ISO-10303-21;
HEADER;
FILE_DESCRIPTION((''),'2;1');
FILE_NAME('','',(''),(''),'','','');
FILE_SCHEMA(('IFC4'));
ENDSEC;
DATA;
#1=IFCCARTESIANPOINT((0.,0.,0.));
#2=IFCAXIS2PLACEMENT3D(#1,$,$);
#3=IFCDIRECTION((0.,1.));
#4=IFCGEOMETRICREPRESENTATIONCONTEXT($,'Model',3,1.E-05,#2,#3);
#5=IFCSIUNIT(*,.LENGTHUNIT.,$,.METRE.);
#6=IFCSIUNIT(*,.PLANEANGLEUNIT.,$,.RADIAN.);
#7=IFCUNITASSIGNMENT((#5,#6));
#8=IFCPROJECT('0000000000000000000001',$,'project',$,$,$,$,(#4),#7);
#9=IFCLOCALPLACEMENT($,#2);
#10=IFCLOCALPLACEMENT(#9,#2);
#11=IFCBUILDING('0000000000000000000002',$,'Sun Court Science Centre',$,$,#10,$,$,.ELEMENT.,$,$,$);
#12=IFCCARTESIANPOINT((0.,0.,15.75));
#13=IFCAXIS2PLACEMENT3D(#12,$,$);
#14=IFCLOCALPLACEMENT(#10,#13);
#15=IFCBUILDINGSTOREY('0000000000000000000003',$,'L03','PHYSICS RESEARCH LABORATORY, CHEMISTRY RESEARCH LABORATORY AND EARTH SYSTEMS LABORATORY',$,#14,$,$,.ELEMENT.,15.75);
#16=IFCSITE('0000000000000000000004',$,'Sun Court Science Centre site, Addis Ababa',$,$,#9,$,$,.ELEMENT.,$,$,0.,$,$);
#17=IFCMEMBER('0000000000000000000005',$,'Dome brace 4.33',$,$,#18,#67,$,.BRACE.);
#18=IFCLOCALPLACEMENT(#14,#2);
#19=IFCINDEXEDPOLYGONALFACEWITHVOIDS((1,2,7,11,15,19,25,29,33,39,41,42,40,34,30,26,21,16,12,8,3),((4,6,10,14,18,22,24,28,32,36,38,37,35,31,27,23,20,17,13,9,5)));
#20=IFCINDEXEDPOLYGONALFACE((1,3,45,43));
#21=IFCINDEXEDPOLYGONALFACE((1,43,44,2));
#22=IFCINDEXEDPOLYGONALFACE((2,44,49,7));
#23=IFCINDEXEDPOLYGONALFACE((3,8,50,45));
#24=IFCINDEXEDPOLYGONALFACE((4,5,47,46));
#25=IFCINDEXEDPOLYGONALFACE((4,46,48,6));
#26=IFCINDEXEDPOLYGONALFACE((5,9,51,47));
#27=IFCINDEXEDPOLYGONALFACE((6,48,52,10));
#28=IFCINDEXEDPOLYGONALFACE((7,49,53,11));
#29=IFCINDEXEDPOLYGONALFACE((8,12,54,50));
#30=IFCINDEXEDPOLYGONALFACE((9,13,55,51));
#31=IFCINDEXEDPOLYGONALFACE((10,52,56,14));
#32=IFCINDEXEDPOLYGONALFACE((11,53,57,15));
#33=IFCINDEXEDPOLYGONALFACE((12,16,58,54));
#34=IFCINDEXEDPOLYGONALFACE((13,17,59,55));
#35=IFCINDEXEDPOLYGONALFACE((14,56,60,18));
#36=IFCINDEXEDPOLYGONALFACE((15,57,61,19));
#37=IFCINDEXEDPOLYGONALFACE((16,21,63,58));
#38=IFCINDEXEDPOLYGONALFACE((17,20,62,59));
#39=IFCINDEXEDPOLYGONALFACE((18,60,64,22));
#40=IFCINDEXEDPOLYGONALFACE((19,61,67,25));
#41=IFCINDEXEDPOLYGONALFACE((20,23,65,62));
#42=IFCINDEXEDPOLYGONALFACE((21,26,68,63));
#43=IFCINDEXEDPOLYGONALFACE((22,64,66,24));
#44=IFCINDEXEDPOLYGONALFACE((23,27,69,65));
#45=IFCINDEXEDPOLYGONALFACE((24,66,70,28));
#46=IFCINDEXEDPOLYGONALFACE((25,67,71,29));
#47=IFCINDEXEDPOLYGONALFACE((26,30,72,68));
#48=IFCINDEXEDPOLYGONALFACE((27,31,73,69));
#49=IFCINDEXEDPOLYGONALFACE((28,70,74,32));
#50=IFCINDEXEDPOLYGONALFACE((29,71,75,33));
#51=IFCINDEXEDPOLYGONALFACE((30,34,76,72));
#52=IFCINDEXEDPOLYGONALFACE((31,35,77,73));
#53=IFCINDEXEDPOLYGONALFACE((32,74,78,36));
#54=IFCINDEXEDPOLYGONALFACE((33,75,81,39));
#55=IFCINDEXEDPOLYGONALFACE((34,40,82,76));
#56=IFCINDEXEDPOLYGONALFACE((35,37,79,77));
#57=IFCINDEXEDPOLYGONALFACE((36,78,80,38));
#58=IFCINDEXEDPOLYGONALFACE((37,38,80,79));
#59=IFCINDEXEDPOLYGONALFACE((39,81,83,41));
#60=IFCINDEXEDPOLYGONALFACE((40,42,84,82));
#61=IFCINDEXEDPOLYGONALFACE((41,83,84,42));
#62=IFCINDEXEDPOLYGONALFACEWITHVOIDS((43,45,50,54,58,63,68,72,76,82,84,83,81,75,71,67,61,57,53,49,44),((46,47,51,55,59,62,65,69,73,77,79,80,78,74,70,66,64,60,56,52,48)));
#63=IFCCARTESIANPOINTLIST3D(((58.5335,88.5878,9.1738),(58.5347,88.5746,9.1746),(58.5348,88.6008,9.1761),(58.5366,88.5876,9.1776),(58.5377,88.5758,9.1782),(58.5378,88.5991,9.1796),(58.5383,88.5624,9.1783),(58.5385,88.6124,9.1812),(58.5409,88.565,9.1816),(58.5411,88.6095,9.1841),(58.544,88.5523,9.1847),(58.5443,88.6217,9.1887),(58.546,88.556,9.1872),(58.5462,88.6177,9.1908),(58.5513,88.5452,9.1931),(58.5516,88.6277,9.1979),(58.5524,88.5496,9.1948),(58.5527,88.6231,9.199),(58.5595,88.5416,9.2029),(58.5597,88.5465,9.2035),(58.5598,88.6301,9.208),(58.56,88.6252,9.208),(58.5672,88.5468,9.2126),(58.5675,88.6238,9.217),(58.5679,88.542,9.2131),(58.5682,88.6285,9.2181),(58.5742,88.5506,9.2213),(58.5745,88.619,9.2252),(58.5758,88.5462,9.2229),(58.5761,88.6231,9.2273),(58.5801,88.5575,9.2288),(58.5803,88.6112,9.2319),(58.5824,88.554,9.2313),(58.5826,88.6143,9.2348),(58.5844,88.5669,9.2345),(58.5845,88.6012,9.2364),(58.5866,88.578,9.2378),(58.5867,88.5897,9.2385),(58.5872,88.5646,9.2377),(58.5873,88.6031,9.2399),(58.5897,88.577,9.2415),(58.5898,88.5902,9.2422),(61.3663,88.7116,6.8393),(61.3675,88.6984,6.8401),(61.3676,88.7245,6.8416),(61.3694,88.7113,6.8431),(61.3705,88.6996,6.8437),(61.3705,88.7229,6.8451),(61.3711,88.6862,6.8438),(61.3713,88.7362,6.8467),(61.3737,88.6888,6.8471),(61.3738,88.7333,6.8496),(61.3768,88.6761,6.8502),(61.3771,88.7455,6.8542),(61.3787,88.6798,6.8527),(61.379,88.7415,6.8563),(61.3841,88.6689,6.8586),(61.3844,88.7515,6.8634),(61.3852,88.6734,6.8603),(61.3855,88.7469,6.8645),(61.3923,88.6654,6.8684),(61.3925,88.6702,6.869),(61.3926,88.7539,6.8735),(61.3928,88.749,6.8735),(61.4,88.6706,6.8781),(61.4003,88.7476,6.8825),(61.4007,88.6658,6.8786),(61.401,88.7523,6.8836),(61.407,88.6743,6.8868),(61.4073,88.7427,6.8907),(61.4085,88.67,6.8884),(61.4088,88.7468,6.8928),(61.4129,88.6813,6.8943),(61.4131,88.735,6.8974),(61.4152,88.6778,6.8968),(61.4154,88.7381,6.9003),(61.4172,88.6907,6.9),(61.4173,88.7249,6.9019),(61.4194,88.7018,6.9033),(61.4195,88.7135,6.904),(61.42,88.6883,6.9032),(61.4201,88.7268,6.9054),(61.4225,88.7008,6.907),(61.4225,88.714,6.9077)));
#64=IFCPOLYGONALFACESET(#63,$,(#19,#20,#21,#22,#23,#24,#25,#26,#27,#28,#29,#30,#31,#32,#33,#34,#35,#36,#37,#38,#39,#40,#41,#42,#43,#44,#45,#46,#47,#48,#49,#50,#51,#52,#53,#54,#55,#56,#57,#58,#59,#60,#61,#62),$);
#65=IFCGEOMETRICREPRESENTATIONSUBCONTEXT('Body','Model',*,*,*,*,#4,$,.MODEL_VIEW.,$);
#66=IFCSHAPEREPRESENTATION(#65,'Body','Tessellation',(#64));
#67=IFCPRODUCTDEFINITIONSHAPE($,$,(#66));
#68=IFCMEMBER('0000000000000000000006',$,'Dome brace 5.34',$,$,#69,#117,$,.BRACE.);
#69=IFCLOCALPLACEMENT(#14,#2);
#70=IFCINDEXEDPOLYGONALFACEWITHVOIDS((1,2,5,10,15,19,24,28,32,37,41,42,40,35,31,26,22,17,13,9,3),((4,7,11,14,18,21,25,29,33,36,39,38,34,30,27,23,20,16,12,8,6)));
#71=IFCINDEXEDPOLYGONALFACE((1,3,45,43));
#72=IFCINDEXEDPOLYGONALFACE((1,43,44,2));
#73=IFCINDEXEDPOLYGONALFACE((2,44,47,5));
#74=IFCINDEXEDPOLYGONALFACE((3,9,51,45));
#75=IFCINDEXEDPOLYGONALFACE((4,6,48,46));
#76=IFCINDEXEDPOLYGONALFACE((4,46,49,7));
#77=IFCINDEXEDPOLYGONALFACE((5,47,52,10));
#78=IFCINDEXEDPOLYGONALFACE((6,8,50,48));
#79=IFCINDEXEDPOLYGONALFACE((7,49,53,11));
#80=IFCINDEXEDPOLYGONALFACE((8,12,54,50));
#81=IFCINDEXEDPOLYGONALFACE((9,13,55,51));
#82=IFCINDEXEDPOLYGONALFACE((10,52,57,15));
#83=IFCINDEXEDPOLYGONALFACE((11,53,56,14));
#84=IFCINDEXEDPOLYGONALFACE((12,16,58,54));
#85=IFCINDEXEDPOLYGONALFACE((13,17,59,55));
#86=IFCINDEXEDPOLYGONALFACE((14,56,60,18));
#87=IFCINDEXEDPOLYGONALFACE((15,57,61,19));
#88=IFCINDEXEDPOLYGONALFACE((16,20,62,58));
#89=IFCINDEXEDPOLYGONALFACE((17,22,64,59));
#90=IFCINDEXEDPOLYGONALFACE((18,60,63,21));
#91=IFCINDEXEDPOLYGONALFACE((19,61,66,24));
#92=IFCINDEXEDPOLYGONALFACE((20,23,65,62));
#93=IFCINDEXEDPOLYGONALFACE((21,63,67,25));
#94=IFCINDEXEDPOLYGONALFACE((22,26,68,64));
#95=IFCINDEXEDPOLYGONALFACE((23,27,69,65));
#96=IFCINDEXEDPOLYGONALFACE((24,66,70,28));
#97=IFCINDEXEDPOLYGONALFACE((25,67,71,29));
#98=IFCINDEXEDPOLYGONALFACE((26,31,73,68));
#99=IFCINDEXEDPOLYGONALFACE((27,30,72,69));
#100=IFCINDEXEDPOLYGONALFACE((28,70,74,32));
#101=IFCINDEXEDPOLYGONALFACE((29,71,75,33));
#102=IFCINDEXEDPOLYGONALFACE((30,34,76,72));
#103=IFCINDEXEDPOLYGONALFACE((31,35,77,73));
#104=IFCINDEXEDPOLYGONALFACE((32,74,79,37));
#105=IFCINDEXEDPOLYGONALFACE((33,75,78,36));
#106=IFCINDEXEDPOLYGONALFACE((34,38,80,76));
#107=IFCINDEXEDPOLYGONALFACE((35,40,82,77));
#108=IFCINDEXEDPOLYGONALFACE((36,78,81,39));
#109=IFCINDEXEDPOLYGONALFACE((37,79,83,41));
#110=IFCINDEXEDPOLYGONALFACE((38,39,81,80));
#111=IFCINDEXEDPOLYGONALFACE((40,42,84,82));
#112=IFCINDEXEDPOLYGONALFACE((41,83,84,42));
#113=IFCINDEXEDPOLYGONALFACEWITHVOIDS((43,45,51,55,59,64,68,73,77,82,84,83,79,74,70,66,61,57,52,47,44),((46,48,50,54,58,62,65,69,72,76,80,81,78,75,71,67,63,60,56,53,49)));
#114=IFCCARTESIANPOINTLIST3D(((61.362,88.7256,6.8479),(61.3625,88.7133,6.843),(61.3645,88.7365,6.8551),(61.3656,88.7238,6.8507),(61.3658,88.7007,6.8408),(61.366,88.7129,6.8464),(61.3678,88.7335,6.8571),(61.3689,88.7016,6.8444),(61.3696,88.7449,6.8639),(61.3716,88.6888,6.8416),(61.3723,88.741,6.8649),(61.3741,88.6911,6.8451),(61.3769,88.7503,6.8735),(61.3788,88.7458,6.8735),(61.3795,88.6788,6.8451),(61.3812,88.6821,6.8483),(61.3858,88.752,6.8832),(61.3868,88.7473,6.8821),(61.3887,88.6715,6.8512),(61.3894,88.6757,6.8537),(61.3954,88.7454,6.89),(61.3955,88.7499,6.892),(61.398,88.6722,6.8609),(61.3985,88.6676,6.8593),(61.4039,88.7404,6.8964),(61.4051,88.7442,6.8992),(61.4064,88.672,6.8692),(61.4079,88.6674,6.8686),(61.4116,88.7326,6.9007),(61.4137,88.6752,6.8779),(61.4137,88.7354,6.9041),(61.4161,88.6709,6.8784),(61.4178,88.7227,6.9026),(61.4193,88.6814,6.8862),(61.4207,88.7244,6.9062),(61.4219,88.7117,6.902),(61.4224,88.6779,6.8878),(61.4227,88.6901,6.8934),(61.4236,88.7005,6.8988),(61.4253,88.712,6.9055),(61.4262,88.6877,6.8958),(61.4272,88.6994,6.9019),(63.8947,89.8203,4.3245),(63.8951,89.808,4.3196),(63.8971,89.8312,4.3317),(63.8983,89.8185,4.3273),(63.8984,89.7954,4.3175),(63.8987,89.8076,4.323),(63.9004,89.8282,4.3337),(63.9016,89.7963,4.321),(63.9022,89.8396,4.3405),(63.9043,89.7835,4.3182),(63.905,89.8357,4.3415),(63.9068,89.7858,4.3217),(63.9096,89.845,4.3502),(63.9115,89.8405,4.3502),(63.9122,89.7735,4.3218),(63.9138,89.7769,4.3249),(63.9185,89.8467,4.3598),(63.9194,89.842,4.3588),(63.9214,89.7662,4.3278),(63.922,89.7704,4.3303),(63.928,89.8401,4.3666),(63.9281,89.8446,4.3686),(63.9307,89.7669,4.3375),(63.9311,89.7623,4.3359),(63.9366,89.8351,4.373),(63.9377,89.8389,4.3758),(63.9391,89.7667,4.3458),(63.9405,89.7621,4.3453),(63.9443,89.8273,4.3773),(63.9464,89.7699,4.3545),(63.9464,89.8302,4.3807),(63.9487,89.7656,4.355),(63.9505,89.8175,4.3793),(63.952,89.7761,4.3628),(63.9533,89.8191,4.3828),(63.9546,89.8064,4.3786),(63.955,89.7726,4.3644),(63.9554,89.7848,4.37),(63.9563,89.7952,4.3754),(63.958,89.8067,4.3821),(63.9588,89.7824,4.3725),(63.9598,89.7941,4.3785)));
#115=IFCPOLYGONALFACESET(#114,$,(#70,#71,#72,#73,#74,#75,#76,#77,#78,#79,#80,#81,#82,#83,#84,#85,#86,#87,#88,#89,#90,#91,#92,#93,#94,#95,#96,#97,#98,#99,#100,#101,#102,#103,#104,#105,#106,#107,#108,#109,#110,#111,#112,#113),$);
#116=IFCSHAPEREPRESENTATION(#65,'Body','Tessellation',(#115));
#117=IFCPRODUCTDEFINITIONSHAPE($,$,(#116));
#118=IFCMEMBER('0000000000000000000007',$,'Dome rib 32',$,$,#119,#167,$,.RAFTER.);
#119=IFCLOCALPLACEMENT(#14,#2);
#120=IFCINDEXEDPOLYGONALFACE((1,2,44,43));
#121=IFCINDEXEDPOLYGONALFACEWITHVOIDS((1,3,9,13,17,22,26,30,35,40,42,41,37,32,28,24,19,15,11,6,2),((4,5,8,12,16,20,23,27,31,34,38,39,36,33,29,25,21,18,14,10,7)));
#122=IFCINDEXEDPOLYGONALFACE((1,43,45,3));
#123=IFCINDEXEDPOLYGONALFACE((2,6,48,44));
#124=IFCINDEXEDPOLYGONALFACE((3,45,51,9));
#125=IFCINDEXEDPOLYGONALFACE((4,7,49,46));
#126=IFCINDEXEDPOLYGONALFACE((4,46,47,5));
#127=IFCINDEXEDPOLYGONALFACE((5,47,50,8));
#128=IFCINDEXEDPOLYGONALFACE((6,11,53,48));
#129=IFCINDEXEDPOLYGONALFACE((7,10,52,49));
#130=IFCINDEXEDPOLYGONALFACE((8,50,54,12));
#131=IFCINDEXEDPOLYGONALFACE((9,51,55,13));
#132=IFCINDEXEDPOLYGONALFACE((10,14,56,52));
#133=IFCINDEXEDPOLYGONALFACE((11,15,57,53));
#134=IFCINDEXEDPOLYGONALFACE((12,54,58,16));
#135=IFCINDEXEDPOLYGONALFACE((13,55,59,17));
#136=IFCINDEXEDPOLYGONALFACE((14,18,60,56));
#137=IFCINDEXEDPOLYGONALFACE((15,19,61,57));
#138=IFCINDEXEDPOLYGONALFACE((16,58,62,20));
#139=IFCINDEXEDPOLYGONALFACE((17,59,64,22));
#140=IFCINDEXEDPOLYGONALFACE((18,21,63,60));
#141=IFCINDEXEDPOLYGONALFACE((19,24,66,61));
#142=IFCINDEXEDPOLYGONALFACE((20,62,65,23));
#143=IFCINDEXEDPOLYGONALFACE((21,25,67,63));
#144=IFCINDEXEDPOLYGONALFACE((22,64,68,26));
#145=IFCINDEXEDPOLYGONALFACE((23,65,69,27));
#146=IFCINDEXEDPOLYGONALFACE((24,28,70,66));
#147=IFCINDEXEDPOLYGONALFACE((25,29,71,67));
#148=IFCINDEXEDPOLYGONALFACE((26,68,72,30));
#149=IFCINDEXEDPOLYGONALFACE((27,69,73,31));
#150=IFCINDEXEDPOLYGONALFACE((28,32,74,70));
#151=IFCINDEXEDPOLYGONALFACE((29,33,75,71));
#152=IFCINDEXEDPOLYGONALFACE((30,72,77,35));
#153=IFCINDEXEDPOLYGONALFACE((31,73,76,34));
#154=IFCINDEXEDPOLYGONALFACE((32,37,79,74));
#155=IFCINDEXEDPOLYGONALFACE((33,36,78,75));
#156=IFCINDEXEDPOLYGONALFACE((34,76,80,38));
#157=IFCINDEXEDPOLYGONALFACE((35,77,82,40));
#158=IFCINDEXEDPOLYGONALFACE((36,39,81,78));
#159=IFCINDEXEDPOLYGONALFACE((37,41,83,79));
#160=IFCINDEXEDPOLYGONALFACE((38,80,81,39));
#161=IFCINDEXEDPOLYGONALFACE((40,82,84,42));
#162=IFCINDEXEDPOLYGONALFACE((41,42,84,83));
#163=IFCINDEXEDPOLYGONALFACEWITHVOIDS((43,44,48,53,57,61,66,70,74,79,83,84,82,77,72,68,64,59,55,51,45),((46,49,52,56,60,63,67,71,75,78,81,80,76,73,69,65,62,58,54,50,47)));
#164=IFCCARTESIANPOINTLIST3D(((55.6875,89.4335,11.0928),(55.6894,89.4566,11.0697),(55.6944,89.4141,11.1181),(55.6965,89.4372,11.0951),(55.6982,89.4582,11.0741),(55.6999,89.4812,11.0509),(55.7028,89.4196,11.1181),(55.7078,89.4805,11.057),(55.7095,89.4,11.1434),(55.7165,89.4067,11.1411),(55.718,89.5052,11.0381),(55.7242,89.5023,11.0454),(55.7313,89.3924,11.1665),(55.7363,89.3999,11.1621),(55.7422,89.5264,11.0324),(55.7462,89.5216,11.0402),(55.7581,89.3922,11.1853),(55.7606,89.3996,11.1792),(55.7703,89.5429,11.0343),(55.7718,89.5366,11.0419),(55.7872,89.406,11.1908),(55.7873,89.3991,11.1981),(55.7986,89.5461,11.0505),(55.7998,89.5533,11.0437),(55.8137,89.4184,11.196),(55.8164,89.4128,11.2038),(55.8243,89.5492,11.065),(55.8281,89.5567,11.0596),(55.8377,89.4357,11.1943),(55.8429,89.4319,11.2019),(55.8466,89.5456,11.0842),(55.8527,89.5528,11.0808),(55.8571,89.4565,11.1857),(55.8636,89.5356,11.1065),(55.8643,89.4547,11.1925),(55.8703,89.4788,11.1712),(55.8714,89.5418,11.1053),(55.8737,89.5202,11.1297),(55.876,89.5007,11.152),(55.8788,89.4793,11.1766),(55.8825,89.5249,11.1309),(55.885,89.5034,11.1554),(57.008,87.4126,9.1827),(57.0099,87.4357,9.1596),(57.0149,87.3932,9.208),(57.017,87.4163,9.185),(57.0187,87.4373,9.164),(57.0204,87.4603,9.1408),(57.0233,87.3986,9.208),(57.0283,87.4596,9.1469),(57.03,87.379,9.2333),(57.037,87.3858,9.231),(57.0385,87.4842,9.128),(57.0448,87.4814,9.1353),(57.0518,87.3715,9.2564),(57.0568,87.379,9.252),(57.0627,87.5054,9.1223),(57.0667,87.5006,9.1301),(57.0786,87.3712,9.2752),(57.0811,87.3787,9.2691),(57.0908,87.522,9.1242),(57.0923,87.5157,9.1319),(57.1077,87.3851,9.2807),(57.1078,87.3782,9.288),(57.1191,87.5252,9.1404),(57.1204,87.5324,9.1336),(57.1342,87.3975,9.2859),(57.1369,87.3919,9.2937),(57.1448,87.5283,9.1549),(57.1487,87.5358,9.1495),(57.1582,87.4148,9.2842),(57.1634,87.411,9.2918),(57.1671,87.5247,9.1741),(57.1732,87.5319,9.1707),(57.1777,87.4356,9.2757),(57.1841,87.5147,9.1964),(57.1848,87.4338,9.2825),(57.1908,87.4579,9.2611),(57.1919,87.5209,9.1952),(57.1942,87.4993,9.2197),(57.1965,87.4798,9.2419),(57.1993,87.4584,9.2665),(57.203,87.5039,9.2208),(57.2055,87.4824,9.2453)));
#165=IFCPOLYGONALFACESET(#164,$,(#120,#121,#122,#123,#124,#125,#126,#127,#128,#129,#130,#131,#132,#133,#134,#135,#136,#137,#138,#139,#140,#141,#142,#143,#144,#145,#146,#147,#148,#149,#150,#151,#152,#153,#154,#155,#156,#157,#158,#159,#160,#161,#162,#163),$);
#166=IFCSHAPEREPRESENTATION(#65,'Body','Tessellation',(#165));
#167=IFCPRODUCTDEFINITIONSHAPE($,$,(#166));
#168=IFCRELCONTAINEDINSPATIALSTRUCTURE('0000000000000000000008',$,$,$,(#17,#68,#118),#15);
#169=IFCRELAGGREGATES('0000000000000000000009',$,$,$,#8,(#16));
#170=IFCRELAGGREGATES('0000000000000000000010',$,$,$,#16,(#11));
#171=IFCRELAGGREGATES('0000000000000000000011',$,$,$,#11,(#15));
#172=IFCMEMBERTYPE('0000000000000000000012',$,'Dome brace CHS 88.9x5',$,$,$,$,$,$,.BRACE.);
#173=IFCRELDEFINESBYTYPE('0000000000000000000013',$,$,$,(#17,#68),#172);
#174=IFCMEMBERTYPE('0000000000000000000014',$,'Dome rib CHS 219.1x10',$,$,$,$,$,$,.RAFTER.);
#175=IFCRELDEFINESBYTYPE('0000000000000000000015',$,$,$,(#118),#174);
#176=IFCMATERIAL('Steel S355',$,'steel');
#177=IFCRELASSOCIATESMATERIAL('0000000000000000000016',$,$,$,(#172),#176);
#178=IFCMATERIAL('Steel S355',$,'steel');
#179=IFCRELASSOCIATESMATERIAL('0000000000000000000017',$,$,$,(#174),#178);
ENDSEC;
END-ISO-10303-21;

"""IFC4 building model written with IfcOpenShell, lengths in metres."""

from ifc_helpers import new_model, si_unit, direction, frame, origin, origin_2d, place, context, subcontext, project, spatial, hollow_circle, extrude, material, material_profile, profile_set, type_object, element, save


model = new_model("IFC4")

# Units and contexts
model_context = context("Model", 3, precision=1e-05, world=origin(), true_north=direction((0.0, 1.0)))
body_context = subcontext(model_context, "Body", "Model", "MODEL_VIEW")
ifc_project = project(units=[si_unit("LENGTHUNIT", "METRE"), si_unit("PLANEANGLEUNIT", "RADIAN")], contexts=[model_context])

# Site, building, storey
site_placement = place(None, origin())
site = spatial("IfcSite", under=ifc_project, at=site_placement, Name="Sun Court Science Centre site, Addis Ababa", CompositionType="ELEMENT", RefElevation=0.0)
building_placement = place(site_placement, origin())
building = spatial("IfcBuilding", under=site, at=building_placement, Name="Sun Court Science Centre", CompositionType="ELEMENT")
storey_placement = place(building_placement, frame((0.0, 0.0, 15.75)))
storey = spatial("IfcBuildingStorey", under=building, at=storey_placement, Name="L03", Description="PHYSICS RESEARCH LABORATORY, CHEMISTRY RESEARCH LABORATORY AND EARTH SYSTEMS LABORATORY", CompositionType="ELEMENT", Elevation=15.75)

# Members
ifc_material_1 = material(Name="Steel S355", Category="steel")
ifc_material_profile_1 = material_profile(ifc_material_1, hollow_circle(Radius=0.0444, WallThickness=0.0049, at=origin_2d()), Name="CHS 88.9x5")
ifc_profile_set_1 = profile_set([ifc_material_profile_1], Name="Steel S355")
member_type_1 = type_object("IfcMemberType", Name="Dome brace CHS 88.9x5", PredefinedType="BRACE", material=ifc_profile_set_1)
member_1_placement = place(storey_placement, frame((58.5618, 88.5857, 9.208), z_axis=(0.771277, 0.033701, -0.635607), x_axis=(-0.043654, 0.999047, 0.0)))
element("IfcMember", 1, at=member_1_placement, inside=storey, type_object=member_type_1, Name="Dome brace 4.33", PredefinedType="BRACE", context=body_context, shape_type="SweptSolid", body=[
    extrude(hollow_circle(Radius=0.0444, WallThickness=0.0049, at=origin_2d()), origin(), (0.0, 0.0, 1.0), 3.6729),
])
member_2_placement = place(storey_placement, frame((61.3945, 88.7095, 6.8735), z_axis=(0.677361, 0.292779, -0.67488), x_axis=(-0.396758, 0.917923, 0.0)))
element("IfcMember", 2, at=member_2_placement, inside=storey, type_object=member_type_1, Name="Dome brace 5.34", PredefinedType="BRACE", context=body_context, shape_type="SweptSolid", body=[
    extrude(hollow_circle(Radius=0.0444, WallThickness=0.0049, at=origin_2d()), origin(), (0.0, 0.0, 1.0), 3.739),
])
ifc_material_2 = material(Name="Steel S355", Category="steel")
ifc_material_profile_2 = material_profile(ifc_material_2, hollow_circle(Radius=0.1096, WallThickness=0.01, at=origin_2d()), Name="CHS 219.1x10")
ifc_profile_set_2 = profile_set([ifc_material_profile_2], Name="Steel S355")
member_type_2 = type_object("IfcMemberType", Name="Dome rib CHS 219.1x10", PredefinedType="RAFTER", material=ifc_profile_set_2)
member_3_placement = place(storey_placement, frame((57.1067, 87.4531, 9.208), z_axis=(-0.428965, 0.656493, 0.620488), x_axis=(-0.837133, -0.546999, 0.0)))
element("IfcMember", 3, at=member_3_placement, inside=storey, type_object=member_type_2, Name="Dome rib 32", PredefinedType="RAFTER", context=body_context, shape_type="SweptSolid", body=[
    extrude(hollow_circle(Radius=0.1096, WallThickness=0.01, at=origin_2d()), origin(), (0.0, 0.0, 1.0), 3.0784),
])

save(model, "model.ifc")
